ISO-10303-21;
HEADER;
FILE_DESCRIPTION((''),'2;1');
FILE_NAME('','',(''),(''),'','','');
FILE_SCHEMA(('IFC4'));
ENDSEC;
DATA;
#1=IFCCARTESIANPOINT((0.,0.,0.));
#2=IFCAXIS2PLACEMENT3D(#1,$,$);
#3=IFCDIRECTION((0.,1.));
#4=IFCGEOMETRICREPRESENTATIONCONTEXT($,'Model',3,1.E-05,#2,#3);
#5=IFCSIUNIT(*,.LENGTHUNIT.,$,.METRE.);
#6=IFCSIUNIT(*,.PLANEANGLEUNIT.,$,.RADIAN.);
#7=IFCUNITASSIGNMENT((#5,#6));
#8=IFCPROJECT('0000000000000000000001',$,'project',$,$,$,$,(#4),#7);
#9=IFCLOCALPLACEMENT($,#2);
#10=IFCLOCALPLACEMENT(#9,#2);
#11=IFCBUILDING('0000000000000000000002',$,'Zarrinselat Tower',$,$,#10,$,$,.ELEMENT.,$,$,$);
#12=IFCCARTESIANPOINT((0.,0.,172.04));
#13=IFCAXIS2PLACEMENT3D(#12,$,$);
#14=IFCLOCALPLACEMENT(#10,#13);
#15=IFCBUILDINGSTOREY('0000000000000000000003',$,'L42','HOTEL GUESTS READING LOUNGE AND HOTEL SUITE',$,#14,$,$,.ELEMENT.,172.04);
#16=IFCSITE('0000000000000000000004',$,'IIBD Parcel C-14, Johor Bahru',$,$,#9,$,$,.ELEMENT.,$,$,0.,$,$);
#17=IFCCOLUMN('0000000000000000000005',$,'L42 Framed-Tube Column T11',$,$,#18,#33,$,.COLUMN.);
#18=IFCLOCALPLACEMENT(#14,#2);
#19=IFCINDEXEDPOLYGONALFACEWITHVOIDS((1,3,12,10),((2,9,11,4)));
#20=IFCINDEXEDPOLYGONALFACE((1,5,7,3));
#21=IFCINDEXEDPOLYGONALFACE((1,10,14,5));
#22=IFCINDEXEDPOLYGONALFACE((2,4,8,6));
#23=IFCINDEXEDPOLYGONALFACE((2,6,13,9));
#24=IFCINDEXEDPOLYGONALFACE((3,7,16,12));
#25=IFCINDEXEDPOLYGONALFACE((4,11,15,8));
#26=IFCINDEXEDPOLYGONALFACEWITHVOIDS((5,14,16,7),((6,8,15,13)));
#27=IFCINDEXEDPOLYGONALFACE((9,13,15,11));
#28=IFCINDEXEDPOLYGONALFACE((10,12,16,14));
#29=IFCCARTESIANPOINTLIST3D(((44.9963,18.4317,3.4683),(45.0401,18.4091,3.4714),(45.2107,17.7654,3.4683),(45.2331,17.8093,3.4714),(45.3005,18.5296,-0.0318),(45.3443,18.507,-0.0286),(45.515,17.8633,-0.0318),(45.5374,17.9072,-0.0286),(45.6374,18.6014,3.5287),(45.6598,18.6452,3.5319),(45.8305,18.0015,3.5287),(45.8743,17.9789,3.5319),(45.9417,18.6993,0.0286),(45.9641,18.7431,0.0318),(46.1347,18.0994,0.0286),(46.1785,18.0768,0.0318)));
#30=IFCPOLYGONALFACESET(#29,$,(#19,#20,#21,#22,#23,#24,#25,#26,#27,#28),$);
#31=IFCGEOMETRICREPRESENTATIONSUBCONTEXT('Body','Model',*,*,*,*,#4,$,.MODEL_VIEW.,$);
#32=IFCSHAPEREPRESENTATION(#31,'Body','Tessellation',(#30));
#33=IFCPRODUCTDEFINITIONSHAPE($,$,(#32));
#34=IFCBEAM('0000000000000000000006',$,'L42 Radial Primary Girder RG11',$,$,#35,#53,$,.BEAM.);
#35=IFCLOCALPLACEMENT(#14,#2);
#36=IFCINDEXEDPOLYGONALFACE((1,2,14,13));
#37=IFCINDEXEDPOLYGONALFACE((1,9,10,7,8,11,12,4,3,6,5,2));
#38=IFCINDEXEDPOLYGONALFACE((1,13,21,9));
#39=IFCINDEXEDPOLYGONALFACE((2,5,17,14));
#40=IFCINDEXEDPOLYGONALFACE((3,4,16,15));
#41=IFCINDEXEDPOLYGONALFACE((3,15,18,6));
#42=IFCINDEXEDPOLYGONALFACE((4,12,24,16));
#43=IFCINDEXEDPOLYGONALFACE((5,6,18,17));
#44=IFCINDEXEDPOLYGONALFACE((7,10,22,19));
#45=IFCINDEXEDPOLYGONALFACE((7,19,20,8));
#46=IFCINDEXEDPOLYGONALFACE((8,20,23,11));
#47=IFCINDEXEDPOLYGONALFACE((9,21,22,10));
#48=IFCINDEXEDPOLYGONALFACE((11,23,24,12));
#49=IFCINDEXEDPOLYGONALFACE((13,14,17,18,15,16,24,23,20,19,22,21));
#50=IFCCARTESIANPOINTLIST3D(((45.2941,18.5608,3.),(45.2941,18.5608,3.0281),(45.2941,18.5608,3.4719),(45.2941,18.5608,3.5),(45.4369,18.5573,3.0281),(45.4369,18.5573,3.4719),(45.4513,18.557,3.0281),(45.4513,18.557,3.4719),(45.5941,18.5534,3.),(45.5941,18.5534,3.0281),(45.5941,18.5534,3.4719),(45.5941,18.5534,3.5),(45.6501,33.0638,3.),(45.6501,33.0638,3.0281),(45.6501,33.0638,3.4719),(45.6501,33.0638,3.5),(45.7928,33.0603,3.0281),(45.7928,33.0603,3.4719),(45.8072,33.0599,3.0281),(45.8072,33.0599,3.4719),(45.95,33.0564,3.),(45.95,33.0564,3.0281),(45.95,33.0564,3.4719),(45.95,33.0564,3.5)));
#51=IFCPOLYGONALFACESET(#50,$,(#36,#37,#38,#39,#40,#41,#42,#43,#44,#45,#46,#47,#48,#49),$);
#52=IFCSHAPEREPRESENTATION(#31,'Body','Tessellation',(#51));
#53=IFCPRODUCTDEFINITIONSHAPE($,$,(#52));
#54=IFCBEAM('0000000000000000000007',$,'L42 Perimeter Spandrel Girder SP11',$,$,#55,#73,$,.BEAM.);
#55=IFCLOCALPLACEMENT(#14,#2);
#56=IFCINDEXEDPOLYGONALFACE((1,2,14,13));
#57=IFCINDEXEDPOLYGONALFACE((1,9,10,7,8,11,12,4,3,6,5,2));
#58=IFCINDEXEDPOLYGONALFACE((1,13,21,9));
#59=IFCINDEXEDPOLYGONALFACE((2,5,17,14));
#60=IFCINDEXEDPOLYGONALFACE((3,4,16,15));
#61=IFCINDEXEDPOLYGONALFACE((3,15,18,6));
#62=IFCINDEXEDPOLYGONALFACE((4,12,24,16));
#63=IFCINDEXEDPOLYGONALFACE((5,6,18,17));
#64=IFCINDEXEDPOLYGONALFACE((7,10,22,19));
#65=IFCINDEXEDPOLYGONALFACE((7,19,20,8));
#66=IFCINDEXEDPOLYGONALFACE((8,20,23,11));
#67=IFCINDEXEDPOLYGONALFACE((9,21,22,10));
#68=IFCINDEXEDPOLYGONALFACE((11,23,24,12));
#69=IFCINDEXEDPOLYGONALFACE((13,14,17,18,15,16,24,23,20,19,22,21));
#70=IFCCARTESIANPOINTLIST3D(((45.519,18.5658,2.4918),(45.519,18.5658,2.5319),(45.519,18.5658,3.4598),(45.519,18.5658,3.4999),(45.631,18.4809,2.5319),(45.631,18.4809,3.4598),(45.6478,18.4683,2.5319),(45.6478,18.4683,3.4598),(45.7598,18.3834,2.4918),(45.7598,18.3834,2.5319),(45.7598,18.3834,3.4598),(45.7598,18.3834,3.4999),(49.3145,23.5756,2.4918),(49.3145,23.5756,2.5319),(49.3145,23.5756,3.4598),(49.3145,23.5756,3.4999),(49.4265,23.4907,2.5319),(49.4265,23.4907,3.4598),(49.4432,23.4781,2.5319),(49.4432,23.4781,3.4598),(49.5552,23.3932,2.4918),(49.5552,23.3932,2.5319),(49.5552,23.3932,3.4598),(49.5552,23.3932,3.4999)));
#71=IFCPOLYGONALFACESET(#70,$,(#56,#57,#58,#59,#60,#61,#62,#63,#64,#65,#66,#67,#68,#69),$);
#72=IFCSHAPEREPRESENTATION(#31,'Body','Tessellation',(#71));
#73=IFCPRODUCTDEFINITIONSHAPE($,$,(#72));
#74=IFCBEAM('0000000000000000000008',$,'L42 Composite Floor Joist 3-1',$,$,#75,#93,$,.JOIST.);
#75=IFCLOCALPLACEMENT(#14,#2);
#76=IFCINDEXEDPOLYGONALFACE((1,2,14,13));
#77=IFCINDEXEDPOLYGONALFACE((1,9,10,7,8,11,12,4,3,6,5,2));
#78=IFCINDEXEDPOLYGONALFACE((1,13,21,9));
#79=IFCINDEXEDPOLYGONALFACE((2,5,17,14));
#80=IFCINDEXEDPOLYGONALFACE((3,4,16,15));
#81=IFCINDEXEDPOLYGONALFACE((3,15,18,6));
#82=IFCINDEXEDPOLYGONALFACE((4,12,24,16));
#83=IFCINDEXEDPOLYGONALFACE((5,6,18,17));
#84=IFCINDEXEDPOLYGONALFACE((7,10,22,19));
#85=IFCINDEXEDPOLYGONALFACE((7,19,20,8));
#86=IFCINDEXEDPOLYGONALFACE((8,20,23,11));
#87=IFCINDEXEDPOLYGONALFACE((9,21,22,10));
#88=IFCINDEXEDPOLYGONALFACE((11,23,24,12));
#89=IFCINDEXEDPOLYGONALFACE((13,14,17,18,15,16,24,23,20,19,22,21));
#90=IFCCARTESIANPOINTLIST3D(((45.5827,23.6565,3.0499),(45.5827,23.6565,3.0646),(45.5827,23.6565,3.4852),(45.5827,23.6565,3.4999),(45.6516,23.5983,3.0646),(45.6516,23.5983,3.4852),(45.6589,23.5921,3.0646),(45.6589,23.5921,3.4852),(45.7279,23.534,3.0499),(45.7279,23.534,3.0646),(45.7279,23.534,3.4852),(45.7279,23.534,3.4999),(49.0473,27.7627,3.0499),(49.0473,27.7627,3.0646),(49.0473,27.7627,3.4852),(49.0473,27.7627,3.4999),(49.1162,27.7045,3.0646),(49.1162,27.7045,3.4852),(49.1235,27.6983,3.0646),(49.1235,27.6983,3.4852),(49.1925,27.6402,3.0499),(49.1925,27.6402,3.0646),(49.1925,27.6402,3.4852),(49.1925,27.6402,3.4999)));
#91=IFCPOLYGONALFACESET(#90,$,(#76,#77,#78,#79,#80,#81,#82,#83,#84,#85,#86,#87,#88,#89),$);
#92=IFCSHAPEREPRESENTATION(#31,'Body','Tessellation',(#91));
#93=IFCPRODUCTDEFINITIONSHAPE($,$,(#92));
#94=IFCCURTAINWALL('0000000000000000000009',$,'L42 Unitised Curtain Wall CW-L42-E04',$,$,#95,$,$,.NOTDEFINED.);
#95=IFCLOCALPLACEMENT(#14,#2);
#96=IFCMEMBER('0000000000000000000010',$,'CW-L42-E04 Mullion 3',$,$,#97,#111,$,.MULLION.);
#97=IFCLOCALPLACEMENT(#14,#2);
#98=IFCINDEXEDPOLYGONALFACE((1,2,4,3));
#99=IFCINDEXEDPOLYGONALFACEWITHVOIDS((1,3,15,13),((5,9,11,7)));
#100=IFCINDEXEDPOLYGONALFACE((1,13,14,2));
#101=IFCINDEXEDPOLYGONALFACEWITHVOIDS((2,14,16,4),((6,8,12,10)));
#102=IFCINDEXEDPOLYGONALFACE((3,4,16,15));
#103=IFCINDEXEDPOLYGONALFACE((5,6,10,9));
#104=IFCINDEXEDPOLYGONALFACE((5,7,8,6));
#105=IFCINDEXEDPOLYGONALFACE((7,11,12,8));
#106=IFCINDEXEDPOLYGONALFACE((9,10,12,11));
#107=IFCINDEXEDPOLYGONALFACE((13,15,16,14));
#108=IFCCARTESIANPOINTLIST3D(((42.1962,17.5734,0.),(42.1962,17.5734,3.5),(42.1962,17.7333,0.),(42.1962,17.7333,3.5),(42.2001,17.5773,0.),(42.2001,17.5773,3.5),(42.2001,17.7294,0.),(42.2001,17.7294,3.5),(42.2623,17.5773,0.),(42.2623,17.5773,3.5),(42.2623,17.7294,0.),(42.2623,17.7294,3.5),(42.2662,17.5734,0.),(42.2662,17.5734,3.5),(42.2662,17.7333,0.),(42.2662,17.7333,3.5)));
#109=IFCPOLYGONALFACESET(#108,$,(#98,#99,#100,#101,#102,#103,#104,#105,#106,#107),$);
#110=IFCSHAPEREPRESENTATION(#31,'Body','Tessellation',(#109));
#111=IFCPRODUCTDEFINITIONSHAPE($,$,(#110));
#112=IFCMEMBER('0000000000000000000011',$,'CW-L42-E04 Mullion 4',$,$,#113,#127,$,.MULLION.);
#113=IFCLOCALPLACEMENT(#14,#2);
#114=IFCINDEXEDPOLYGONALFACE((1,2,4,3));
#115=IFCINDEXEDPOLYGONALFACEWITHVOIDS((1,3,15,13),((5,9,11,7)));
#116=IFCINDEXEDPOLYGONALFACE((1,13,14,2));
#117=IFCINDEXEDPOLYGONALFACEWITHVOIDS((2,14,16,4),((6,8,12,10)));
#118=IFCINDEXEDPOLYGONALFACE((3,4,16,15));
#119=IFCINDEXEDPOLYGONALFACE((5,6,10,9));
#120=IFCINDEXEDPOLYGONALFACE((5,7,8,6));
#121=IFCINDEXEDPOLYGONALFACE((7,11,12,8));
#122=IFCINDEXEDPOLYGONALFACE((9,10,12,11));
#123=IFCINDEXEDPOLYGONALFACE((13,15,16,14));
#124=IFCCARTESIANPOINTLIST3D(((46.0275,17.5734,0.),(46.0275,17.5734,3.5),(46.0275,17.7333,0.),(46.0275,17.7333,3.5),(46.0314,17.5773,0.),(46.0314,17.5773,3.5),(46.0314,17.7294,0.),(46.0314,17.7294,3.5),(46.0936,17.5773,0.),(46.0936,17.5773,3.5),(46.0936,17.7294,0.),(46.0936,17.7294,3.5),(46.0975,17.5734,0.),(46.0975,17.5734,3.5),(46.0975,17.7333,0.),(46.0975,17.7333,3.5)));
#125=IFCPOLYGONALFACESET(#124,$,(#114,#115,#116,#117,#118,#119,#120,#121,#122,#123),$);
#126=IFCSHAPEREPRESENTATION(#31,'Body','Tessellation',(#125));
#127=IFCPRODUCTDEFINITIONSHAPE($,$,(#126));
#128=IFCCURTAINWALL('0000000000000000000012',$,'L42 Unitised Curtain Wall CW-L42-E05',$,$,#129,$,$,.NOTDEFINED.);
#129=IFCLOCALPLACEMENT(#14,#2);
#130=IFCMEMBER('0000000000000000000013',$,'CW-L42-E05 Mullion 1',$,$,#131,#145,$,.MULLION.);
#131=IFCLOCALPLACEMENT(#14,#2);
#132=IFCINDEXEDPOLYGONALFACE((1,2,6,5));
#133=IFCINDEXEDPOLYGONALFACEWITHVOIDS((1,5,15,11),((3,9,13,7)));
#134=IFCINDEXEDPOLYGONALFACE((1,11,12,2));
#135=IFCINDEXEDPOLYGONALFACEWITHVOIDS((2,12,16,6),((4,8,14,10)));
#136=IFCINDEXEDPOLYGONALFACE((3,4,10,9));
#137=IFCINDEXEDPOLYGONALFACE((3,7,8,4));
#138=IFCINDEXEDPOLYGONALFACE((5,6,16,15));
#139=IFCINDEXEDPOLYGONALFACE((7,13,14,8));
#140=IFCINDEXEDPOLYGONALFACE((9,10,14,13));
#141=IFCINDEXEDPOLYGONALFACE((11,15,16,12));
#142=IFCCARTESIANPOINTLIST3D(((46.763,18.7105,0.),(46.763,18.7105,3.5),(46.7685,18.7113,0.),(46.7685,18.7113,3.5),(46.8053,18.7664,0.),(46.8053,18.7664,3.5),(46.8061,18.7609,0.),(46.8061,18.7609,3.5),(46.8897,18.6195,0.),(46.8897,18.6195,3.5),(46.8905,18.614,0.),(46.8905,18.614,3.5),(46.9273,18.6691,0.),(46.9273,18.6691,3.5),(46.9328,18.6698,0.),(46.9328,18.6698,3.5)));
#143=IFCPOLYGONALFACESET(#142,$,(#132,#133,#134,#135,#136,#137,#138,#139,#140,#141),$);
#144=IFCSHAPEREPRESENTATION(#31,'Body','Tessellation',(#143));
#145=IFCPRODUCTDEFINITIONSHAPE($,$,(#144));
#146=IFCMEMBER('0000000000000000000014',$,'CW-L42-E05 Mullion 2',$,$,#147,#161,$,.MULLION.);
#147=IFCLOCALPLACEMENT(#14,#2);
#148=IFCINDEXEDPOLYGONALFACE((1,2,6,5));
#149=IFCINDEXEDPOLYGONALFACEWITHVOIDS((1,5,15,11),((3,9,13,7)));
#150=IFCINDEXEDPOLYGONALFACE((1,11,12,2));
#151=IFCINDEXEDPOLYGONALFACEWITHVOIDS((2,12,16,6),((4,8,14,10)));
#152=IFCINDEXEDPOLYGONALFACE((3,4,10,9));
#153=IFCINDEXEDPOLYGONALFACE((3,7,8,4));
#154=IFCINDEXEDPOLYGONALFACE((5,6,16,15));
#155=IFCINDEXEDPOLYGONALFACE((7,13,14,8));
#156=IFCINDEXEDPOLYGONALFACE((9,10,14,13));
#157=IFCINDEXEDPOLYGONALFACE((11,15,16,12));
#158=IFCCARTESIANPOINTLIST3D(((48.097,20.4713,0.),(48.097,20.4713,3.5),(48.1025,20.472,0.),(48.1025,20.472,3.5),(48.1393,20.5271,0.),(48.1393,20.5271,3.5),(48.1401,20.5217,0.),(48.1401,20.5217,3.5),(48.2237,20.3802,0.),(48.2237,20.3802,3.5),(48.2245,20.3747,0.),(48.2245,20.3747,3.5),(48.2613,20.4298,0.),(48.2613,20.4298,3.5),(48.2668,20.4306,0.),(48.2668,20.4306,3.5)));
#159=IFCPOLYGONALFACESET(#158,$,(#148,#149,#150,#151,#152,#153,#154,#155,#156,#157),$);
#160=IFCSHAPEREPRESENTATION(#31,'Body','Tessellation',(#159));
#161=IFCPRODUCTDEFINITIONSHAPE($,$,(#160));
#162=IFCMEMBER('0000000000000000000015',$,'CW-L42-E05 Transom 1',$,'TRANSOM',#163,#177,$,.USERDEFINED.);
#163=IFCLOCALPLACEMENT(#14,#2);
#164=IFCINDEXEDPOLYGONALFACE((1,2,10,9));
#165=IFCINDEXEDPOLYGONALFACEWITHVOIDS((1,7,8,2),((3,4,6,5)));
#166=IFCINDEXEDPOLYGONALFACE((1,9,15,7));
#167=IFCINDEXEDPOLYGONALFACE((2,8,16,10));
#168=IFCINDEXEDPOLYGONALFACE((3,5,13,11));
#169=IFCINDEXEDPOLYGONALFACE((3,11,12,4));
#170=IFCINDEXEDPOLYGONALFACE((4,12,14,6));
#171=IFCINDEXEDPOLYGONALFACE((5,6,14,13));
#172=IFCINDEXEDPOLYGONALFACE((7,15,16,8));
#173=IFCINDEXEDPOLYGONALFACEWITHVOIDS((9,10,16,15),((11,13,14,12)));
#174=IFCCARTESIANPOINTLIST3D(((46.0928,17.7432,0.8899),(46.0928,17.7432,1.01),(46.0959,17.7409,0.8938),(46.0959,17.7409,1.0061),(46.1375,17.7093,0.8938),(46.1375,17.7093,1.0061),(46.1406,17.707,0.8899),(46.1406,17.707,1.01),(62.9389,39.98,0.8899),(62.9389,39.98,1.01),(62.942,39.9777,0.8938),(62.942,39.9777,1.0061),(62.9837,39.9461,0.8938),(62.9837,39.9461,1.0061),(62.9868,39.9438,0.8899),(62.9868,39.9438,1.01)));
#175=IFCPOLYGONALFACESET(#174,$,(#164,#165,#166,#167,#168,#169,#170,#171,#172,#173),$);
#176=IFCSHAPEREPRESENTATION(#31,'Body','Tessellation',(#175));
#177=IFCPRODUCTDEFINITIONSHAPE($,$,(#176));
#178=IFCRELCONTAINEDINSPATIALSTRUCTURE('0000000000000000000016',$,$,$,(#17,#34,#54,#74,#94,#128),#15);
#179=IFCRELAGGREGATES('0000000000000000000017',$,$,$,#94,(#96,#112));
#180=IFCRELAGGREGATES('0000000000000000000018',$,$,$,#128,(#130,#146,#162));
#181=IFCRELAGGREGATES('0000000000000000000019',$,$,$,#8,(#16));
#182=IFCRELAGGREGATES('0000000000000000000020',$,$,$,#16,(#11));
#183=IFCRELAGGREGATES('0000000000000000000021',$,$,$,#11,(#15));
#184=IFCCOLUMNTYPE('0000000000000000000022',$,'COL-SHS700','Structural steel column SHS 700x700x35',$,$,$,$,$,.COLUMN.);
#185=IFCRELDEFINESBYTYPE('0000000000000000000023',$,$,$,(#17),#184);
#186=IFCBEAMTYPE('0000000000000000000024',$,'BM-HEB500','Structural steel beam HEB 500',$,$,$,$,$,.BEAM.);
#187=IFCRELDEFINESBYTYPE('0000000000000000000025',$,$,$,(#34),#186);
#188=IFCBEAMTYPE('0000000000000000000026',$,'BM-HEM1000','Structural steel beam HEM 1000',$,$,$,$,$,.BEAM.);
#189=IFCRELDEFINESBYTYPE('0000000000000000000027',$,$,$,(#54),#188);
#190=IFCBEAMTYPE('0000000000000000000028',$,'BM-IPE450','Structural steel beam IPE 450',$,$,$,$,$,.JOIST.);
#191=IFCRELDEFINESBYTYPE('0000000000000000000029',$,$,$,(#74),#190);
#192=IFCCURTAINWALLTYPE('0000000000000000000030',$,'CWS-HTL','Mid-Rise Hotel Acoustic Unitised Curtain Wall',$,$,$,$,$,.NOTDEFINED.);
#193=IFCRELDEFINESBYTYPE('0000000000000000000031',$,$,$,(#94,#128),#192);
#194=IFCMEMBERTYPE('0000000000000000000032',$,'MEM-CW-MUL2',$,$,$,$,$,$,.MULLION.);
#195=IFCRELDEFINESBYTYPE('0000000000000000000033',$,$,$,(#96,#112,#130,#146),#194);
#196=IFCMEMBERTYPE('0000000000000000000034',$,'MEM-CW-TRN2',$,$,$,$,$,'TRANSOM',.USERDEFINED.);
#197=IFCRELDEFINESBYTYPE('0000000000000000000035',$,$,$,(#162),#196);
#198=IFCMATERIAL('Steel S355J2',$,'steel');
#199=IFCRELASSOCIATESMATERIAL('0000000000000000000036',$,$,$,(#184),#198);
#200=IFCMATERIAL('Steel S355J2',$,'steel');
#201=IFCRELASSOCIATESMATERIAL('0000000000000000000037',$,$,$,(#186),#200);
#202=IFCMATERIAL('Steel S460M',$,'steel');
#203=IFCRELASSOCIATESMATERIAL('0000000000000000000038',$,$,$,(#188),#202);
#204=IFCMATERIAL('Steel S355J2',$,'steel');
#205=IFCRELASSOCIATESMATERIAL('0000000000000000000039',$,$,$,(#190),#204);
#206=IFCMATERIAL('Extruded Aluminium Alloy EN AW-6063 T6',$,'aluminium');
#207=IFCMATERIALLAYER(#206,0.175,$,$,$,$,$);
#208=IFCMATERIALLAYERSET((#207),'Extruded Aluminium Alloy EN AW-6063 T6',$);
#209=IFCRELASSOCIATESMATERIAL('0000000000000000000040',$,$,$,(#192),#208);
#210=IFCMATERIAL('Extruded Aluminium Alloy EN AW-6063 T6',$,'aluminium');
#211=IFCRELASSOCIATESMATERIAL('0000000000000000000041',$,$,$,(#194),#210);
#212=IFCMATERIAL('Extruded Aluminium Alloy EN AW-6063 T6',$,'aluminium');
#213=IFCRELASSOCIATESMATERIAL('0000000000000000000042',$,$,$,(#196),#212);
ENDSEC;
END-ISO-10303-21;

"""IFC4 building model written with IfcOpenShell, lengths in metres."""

from ifc_helpers import new_model, si_unit, direction, frame, origin, origin_2d, place, context, subcontext, project, spatial, hollow_rectangle, i_section, extrude, material, layer, layer_set, material_profile, profile_set, type_object, element, aggregate, save


model = new_model("IFC4")

# Units and contexts
model_context = context("Model", 3, precision=1e-05, world=origin(), true_north=direction((0.0, 1.0)))
body_context = subcontext(model_context, "Body", "Model", "MODEL_VIEW")
ifc_project = project(units=[si_unit("LENGTHUNIT", "METRE"), si_unit("PLANEANGLEUNIT", "RADIAN")], contexts=[model_context])

# Site, building, storey
site_placement = place(None, origin())
site = spatial("IfcSite", under=ifc_project, at=site_placement, Name="IIBD Parcel C-14, Johor Bahru", CompositionType="ELEMENT", RefElevation=0.0)
building_placement = place(site_placement, origin())
building = spatial("IfcBuilding", under=site, at=building_placement, Name="Zarrinselat Tower", CompositionType="ELEMENT")
storey_placement = place(building_placement, frame((0.0, 0.0, 172.04)))
storey = spatial("IfcBuildingStorey", under=building, at=storey_placement, Name="L42", Description="HOTEL GUESTS READING LOUNGE AND HOTEL SUITE", CompositionType="ELEMENT", Elevation=172.04)

# Column
ifc_material_1 = material(Name="Steel S355J2", Category="steel")
ifc_material_profile_1 = material_profile(ifc_material_1, hollow_rectangle(XDim=0.7, YDim=0.7, WallThickness=0.0349, at=origin_2d()), Name="SHS 700x700x35")
ifc_profile_set_1 = profile_set([ifc_material_profile_1], Name="Steel S355J2")
column_type = type_object("IfcColumnType", Name="COL-SHS700", Description="Structural steel column SHS 700x700x35", PredefinedType="COLUMN", material=ifc_profile_set_1)
column_placement = place(storey_placement, frame((45.7395, 18.3032, 0.0), z_axis=(-0.086554, -0.027856, 0.995858), x_axis=(0.306355, -0.951917, 0.0)))
element("IfcColumn", 1, at=column_placement, inside=storey, type_object=column_type, Name="L42 Framed-Tube Column T11", PredefinedType="COLUMN", context=body_context, shape_type="SweptSolid", body=[
    extrude(hollow_rectangle(XDim=0.7, YDim=0.7, WallThickness=0.0349, at=origin_2d()), origin(), (0.0, 0.0, 1.0), 3.5146),
])

# Beams
ifc_material_2 = material(Name="Steel S355J2", Category="steel")
ifc_material_profile_2 = material_profile(ifc_material_2, i_section(OverallWidth=0.3, OverallDepth=0.5, WebThickness=0.0144, FlangeThickness=0.0281, at=origin_2d()), Name="HEB 500")
ifc_profile_set_2 = profile_set([ifc_material_profile_2], Name="Steel S355J2")
beam_type_1 = type_object("IfcBeamType", Name="BM-HEB500", Description="Structural steel beam HEB 500", PredefinedType="BEAM", material=ifc_profile_set_2)
beam_1_placement = place(storey_placement, frame((45.4441, 18.5571, 3.25), z_axis=(0.024536, 0.999699, 0.0), x_axis=(-0.999699, 0.024536, 0.0)))
element("IfcBeam", 2, at=beam_1_placement, inside=storey, type_object=beam_type_1, Name="L42 Radial Primary Girder RG11", PredefinedType="BEAM", context=body_context, shape_type="SweptSolid", body=[
    extrude(i_section(OverallWidth=0.3, OverallDepth=0.5, WebThickness=0.0144, FlangeThickness=0.0281, at=origin_2d()), origin(), (0.0, 0.0, 1.0), 14.5073),
])
ifc_material_3 = material(Name="Steel S460M", Category="steel")
ifc_material_profile_3 = material_profile(ifc_material_3, i_section(OverallWidth=0.302, OverallDepth=1.0081, WebThickness=0.021, FlangeThickness=0.04, at=origin_2d()), Name="HEM 1000")
ifc_profile_set_3 = profile_set([ifc_material_profile_3], Name="Steel S460M")
beam_type_2 = type_object("IfcBeamType", Name="BM-HEM1000", Description="Structural steel beam HEM 1000", PredefinedType="BEAM", material=ifc_profile_set_3)
beam_2_placement = place(storey_placement, frame((45.6394, 18.4746, 2.9958), z_axis=(0.603871, 0.797082, 0.0), x_axis=(-0.797082, 0.603871, 0.0)))
element("IfcBeam", 3, at=beam_2_placement, inside=storey, type_object=beam_type_2, Name="L42 Perimeter Spandrel Girder SP11", PredefinedType="BEAM", context=body_context, shape_type="SweptSolid", body=[
    extrude(i_section(OverallWidth=0.302, OverallDepth=1.0081, WebThickness=0.021, FlangeThickness=0.04, at=origin_2d()), origin(), (0.0, 0.0, 1.0), 6.2852),
])
ifc_material_4 = material(Name="Steel S355J2", Category="steel")
ifc_material_profile_4 = material_profile(ifc_material_4, i_section(OverallWidth=0.1899, OverallDepth=0.45, WebThickness=0.0095, FlangeThickness=0.0146, at=origin_2d()), Name="IPE 450")
ifc_profile_set_4 = profile_set([ifc_material_profile_4], Name="Steel S355J2")
beam_type_3 = type_object("IfcBeamType", Name="BM-IPE450", Description="Structural steel beam IPE 450", PredefinedType="JOIST", material=ifc_profile_set_4)
beam_3_placement = place(storey_placement, frame((45.6553, 23.5952, 3.2749), z_axis=(0.64487, 0.764292, 0.0), x_axis=(-0.764292, 0.64487, 0.0)))
element("IfcBeam", 4, at=beam_3_placement, inside=storey, type_object=beam_type_3, Name="L42 Composite Floor Joist 3-1", PredefinedType="JOIST", context=body_context, shape_type="SweptSolid", body=[
    extrude(i_section(OverallWidth=0.1899, OverallDepth=0.45, WebThickness=0.0095, FlangeThickness=0.0146, at=origin_2d()), origin(), (0.0, 0.0, 1.0), 5.3726),
])

# Curtain walls, members
ifc_material_5 = material(Name="Extruded Aluminium Alloy EN AW-6063 T6", Category="aluminium")
ifc_layer_1 = layer(ifc_material_5, 0.175)
ifc_layer_set_1 = layer_set([ifc_layer_1], Name="Extruded Aluminium Alloy EN AW-6063 T6")
curtain_wall_type = type_object("IfcCurtainWallType", Name="CWS-HTL", Description="Mid-Rise Hotel Acoustic Unitised Curtain Wall", PredefinedType="NOTDEFINED", material=ifc_layer_set_1)
curtain_wall_1_placement = place(storey_placement, origin())
curtain_wall_1 = element("IfcCurtainWall", 5, at=curtain_wall_1_placement, inside=storey, type_object=curtain_wall_type, Name="L42 Unitised Curtain Wall CW-L42-E04", PredefinedType="NOTDEFINED")
ifc_material_6 = material(Name="Extruded Aluminium Alloy EN AW-6063 T6", Category="aluminium")
ifc_material_profile_5 = material_profile(ifc_material_6, hollow_rectangle(XDim=0.0701, YDim=0.1599, WallThickness=0.0039, at=origin_2d()), Name="RHS 160x70x4")
ifc_profile_set_5 = profile_set([ifc_material_profile_5], Name="Extruded Aluminium Alloy EN AW-6063 T6")
member_type_1 = type_object("IfcMemberType", Name="MEM-CW-MUL2", PredefinedType="MULLION", material=ifc_profile_set_5)
member_1_placement = place(storey_placement, frame((42.2312, 17.6533, 0.0), z_axis=(0.0, 0.0, 1.0), x_axis=(1.0, 0.0, 0.0)))
member_1 = element("IfcMember", 6, at=member_1_placement, type_object=member_type_1, Name="CW-L42-E04 Mullion 3", PredefinedType="MULLION", context=body_context, shape_type="SweptSolid", body=[
    extrude(hollow_rectangle(XDim=0.0701, YDim=0.1599, WallThickness=0.0039, at=origin_2d()), origin(), (0.0, 0.0, 1.0), 3.5),
])
member_2_placement = place(storey_placement, frame((46.0625, 17.6533, 0.0), z_axis=(0.0, 0.0, 1.0), x_axis=(1.0, 0.0, 0.0)))
member_2 = element("IfcMember", 7, at=member_2_placement, type_object=member_type_1, Name="CW-L42-E04 Mullion 4", PredefinedType="MULLION", context=body_context, shape_type="SweptSolid", body=[
    extrude(hollow_rectangle(XDim=0.0701, YDim=0.1599, WallThickness=0.0039, at=origin_2d()), origin(), (0.0, 0.0, 1.0), 3.5),
])
curtain_wall_2_placement = place(storey_placement, origin())
curtain_wall_2 = element("IfcCurtainWall", 8, at=curtain_wall_2_placement, inside=storey, type_object=curtain_wall_type, Name="L42 Unitised Curtain Wall CW-L42-E05", PredefinedType="NOTDEFINED")
member_3_placement = place(storey_placement, frame((46.8479, 18.6902, 0.0), z_axis=(0.0, 0.0, 1.0), x_axis=(0.603859, 0.797091, 0.0)))
member_3 = element("IfcMember", 9, at=member_3_placement, type_object=member_type_1, Name="CW-L42-E05 Mullion 1", PredefinedType="MULLION", context=body_context, shape_type="SweptSolid", body=[
    extrude(hollow_rectangle(XDim=0.0701, YDim=0.1599, WallThickness=0.0039, at=origin_2d()), origin(), (0.0, 0.0, 1.0), 3.5),
])
member_4_placement = place(storey_placement, frame((48.1819, 20.4509, 0.0), z_axis=(0.0, 0.0, 1.0), x_axis=(0.603859, 0.797091, 0.0)))
member_4 = element("IfcMember", 10, at=member_4_placement, type_object=member_type_1, Name="CW-L42-E05 Mullion 2", PredefinedType="MULLION", context=body_context, shape_type="SweptSolid", body=[
    extrude(hollow_rectangle(XDim=0.0701, YDim=0.1599, WallThickness=0.0039, at=origin_2d()), origin(), (0.0, 0.0, 1.0), 3.5),
])
ifc_material_7 = material(Name="Extruded Aluminium Alloy EN AW-6063 T6", Category="aluminium")
ifc_material_profile_6 = material_profile(ifc_material_7, hollow_rectangle(XDim=0.0601, YDim=0.1201, WallThickness=0.0039, at=origin_2d()), Name="RHS 120x60x4")
ifc_profile_set_6 = profile_set([ifc_material_profile_6], Name="Extruded Aluminium Alloy EN AW-6063 T6")
member_type_2 = type_object("IfcMemberType", Name="MEM-CW-TRN2", ElementType="TRANSOM", PredefinedType="USERDEFINED", material=ifc_profile_set_6)
member_5_placement = place(storey_placement, frame((46.1167, 17.7251, 0.95), z_axis=(0.60386, 0.79709, 0.0), x_axis=(-0.79709, 0.60386, 0.0)))
member_5 = element("IfcMember", 11, at=member_5_placement, type_object=member_type_2, Name="CW-L42-E05 Transom 1", ObjectType="TRANSOM", PredefinedType="USERDEFINED", context=body_context, shape_type="SweptSolid", body=[
    extrude(hollow_rectangle(XDim=0.0601, YDim=0.1201, WallThickness=0.0039, at=origin_2d()), origin(), (0.0, 0.0, 1.0), 27.8975),
])

aggregate(curtain_wall_1, [member_1, member_2])
aggregate(curtain_wall_2, [member_3, member_4, member_5])

save(model, "model.ifc")
